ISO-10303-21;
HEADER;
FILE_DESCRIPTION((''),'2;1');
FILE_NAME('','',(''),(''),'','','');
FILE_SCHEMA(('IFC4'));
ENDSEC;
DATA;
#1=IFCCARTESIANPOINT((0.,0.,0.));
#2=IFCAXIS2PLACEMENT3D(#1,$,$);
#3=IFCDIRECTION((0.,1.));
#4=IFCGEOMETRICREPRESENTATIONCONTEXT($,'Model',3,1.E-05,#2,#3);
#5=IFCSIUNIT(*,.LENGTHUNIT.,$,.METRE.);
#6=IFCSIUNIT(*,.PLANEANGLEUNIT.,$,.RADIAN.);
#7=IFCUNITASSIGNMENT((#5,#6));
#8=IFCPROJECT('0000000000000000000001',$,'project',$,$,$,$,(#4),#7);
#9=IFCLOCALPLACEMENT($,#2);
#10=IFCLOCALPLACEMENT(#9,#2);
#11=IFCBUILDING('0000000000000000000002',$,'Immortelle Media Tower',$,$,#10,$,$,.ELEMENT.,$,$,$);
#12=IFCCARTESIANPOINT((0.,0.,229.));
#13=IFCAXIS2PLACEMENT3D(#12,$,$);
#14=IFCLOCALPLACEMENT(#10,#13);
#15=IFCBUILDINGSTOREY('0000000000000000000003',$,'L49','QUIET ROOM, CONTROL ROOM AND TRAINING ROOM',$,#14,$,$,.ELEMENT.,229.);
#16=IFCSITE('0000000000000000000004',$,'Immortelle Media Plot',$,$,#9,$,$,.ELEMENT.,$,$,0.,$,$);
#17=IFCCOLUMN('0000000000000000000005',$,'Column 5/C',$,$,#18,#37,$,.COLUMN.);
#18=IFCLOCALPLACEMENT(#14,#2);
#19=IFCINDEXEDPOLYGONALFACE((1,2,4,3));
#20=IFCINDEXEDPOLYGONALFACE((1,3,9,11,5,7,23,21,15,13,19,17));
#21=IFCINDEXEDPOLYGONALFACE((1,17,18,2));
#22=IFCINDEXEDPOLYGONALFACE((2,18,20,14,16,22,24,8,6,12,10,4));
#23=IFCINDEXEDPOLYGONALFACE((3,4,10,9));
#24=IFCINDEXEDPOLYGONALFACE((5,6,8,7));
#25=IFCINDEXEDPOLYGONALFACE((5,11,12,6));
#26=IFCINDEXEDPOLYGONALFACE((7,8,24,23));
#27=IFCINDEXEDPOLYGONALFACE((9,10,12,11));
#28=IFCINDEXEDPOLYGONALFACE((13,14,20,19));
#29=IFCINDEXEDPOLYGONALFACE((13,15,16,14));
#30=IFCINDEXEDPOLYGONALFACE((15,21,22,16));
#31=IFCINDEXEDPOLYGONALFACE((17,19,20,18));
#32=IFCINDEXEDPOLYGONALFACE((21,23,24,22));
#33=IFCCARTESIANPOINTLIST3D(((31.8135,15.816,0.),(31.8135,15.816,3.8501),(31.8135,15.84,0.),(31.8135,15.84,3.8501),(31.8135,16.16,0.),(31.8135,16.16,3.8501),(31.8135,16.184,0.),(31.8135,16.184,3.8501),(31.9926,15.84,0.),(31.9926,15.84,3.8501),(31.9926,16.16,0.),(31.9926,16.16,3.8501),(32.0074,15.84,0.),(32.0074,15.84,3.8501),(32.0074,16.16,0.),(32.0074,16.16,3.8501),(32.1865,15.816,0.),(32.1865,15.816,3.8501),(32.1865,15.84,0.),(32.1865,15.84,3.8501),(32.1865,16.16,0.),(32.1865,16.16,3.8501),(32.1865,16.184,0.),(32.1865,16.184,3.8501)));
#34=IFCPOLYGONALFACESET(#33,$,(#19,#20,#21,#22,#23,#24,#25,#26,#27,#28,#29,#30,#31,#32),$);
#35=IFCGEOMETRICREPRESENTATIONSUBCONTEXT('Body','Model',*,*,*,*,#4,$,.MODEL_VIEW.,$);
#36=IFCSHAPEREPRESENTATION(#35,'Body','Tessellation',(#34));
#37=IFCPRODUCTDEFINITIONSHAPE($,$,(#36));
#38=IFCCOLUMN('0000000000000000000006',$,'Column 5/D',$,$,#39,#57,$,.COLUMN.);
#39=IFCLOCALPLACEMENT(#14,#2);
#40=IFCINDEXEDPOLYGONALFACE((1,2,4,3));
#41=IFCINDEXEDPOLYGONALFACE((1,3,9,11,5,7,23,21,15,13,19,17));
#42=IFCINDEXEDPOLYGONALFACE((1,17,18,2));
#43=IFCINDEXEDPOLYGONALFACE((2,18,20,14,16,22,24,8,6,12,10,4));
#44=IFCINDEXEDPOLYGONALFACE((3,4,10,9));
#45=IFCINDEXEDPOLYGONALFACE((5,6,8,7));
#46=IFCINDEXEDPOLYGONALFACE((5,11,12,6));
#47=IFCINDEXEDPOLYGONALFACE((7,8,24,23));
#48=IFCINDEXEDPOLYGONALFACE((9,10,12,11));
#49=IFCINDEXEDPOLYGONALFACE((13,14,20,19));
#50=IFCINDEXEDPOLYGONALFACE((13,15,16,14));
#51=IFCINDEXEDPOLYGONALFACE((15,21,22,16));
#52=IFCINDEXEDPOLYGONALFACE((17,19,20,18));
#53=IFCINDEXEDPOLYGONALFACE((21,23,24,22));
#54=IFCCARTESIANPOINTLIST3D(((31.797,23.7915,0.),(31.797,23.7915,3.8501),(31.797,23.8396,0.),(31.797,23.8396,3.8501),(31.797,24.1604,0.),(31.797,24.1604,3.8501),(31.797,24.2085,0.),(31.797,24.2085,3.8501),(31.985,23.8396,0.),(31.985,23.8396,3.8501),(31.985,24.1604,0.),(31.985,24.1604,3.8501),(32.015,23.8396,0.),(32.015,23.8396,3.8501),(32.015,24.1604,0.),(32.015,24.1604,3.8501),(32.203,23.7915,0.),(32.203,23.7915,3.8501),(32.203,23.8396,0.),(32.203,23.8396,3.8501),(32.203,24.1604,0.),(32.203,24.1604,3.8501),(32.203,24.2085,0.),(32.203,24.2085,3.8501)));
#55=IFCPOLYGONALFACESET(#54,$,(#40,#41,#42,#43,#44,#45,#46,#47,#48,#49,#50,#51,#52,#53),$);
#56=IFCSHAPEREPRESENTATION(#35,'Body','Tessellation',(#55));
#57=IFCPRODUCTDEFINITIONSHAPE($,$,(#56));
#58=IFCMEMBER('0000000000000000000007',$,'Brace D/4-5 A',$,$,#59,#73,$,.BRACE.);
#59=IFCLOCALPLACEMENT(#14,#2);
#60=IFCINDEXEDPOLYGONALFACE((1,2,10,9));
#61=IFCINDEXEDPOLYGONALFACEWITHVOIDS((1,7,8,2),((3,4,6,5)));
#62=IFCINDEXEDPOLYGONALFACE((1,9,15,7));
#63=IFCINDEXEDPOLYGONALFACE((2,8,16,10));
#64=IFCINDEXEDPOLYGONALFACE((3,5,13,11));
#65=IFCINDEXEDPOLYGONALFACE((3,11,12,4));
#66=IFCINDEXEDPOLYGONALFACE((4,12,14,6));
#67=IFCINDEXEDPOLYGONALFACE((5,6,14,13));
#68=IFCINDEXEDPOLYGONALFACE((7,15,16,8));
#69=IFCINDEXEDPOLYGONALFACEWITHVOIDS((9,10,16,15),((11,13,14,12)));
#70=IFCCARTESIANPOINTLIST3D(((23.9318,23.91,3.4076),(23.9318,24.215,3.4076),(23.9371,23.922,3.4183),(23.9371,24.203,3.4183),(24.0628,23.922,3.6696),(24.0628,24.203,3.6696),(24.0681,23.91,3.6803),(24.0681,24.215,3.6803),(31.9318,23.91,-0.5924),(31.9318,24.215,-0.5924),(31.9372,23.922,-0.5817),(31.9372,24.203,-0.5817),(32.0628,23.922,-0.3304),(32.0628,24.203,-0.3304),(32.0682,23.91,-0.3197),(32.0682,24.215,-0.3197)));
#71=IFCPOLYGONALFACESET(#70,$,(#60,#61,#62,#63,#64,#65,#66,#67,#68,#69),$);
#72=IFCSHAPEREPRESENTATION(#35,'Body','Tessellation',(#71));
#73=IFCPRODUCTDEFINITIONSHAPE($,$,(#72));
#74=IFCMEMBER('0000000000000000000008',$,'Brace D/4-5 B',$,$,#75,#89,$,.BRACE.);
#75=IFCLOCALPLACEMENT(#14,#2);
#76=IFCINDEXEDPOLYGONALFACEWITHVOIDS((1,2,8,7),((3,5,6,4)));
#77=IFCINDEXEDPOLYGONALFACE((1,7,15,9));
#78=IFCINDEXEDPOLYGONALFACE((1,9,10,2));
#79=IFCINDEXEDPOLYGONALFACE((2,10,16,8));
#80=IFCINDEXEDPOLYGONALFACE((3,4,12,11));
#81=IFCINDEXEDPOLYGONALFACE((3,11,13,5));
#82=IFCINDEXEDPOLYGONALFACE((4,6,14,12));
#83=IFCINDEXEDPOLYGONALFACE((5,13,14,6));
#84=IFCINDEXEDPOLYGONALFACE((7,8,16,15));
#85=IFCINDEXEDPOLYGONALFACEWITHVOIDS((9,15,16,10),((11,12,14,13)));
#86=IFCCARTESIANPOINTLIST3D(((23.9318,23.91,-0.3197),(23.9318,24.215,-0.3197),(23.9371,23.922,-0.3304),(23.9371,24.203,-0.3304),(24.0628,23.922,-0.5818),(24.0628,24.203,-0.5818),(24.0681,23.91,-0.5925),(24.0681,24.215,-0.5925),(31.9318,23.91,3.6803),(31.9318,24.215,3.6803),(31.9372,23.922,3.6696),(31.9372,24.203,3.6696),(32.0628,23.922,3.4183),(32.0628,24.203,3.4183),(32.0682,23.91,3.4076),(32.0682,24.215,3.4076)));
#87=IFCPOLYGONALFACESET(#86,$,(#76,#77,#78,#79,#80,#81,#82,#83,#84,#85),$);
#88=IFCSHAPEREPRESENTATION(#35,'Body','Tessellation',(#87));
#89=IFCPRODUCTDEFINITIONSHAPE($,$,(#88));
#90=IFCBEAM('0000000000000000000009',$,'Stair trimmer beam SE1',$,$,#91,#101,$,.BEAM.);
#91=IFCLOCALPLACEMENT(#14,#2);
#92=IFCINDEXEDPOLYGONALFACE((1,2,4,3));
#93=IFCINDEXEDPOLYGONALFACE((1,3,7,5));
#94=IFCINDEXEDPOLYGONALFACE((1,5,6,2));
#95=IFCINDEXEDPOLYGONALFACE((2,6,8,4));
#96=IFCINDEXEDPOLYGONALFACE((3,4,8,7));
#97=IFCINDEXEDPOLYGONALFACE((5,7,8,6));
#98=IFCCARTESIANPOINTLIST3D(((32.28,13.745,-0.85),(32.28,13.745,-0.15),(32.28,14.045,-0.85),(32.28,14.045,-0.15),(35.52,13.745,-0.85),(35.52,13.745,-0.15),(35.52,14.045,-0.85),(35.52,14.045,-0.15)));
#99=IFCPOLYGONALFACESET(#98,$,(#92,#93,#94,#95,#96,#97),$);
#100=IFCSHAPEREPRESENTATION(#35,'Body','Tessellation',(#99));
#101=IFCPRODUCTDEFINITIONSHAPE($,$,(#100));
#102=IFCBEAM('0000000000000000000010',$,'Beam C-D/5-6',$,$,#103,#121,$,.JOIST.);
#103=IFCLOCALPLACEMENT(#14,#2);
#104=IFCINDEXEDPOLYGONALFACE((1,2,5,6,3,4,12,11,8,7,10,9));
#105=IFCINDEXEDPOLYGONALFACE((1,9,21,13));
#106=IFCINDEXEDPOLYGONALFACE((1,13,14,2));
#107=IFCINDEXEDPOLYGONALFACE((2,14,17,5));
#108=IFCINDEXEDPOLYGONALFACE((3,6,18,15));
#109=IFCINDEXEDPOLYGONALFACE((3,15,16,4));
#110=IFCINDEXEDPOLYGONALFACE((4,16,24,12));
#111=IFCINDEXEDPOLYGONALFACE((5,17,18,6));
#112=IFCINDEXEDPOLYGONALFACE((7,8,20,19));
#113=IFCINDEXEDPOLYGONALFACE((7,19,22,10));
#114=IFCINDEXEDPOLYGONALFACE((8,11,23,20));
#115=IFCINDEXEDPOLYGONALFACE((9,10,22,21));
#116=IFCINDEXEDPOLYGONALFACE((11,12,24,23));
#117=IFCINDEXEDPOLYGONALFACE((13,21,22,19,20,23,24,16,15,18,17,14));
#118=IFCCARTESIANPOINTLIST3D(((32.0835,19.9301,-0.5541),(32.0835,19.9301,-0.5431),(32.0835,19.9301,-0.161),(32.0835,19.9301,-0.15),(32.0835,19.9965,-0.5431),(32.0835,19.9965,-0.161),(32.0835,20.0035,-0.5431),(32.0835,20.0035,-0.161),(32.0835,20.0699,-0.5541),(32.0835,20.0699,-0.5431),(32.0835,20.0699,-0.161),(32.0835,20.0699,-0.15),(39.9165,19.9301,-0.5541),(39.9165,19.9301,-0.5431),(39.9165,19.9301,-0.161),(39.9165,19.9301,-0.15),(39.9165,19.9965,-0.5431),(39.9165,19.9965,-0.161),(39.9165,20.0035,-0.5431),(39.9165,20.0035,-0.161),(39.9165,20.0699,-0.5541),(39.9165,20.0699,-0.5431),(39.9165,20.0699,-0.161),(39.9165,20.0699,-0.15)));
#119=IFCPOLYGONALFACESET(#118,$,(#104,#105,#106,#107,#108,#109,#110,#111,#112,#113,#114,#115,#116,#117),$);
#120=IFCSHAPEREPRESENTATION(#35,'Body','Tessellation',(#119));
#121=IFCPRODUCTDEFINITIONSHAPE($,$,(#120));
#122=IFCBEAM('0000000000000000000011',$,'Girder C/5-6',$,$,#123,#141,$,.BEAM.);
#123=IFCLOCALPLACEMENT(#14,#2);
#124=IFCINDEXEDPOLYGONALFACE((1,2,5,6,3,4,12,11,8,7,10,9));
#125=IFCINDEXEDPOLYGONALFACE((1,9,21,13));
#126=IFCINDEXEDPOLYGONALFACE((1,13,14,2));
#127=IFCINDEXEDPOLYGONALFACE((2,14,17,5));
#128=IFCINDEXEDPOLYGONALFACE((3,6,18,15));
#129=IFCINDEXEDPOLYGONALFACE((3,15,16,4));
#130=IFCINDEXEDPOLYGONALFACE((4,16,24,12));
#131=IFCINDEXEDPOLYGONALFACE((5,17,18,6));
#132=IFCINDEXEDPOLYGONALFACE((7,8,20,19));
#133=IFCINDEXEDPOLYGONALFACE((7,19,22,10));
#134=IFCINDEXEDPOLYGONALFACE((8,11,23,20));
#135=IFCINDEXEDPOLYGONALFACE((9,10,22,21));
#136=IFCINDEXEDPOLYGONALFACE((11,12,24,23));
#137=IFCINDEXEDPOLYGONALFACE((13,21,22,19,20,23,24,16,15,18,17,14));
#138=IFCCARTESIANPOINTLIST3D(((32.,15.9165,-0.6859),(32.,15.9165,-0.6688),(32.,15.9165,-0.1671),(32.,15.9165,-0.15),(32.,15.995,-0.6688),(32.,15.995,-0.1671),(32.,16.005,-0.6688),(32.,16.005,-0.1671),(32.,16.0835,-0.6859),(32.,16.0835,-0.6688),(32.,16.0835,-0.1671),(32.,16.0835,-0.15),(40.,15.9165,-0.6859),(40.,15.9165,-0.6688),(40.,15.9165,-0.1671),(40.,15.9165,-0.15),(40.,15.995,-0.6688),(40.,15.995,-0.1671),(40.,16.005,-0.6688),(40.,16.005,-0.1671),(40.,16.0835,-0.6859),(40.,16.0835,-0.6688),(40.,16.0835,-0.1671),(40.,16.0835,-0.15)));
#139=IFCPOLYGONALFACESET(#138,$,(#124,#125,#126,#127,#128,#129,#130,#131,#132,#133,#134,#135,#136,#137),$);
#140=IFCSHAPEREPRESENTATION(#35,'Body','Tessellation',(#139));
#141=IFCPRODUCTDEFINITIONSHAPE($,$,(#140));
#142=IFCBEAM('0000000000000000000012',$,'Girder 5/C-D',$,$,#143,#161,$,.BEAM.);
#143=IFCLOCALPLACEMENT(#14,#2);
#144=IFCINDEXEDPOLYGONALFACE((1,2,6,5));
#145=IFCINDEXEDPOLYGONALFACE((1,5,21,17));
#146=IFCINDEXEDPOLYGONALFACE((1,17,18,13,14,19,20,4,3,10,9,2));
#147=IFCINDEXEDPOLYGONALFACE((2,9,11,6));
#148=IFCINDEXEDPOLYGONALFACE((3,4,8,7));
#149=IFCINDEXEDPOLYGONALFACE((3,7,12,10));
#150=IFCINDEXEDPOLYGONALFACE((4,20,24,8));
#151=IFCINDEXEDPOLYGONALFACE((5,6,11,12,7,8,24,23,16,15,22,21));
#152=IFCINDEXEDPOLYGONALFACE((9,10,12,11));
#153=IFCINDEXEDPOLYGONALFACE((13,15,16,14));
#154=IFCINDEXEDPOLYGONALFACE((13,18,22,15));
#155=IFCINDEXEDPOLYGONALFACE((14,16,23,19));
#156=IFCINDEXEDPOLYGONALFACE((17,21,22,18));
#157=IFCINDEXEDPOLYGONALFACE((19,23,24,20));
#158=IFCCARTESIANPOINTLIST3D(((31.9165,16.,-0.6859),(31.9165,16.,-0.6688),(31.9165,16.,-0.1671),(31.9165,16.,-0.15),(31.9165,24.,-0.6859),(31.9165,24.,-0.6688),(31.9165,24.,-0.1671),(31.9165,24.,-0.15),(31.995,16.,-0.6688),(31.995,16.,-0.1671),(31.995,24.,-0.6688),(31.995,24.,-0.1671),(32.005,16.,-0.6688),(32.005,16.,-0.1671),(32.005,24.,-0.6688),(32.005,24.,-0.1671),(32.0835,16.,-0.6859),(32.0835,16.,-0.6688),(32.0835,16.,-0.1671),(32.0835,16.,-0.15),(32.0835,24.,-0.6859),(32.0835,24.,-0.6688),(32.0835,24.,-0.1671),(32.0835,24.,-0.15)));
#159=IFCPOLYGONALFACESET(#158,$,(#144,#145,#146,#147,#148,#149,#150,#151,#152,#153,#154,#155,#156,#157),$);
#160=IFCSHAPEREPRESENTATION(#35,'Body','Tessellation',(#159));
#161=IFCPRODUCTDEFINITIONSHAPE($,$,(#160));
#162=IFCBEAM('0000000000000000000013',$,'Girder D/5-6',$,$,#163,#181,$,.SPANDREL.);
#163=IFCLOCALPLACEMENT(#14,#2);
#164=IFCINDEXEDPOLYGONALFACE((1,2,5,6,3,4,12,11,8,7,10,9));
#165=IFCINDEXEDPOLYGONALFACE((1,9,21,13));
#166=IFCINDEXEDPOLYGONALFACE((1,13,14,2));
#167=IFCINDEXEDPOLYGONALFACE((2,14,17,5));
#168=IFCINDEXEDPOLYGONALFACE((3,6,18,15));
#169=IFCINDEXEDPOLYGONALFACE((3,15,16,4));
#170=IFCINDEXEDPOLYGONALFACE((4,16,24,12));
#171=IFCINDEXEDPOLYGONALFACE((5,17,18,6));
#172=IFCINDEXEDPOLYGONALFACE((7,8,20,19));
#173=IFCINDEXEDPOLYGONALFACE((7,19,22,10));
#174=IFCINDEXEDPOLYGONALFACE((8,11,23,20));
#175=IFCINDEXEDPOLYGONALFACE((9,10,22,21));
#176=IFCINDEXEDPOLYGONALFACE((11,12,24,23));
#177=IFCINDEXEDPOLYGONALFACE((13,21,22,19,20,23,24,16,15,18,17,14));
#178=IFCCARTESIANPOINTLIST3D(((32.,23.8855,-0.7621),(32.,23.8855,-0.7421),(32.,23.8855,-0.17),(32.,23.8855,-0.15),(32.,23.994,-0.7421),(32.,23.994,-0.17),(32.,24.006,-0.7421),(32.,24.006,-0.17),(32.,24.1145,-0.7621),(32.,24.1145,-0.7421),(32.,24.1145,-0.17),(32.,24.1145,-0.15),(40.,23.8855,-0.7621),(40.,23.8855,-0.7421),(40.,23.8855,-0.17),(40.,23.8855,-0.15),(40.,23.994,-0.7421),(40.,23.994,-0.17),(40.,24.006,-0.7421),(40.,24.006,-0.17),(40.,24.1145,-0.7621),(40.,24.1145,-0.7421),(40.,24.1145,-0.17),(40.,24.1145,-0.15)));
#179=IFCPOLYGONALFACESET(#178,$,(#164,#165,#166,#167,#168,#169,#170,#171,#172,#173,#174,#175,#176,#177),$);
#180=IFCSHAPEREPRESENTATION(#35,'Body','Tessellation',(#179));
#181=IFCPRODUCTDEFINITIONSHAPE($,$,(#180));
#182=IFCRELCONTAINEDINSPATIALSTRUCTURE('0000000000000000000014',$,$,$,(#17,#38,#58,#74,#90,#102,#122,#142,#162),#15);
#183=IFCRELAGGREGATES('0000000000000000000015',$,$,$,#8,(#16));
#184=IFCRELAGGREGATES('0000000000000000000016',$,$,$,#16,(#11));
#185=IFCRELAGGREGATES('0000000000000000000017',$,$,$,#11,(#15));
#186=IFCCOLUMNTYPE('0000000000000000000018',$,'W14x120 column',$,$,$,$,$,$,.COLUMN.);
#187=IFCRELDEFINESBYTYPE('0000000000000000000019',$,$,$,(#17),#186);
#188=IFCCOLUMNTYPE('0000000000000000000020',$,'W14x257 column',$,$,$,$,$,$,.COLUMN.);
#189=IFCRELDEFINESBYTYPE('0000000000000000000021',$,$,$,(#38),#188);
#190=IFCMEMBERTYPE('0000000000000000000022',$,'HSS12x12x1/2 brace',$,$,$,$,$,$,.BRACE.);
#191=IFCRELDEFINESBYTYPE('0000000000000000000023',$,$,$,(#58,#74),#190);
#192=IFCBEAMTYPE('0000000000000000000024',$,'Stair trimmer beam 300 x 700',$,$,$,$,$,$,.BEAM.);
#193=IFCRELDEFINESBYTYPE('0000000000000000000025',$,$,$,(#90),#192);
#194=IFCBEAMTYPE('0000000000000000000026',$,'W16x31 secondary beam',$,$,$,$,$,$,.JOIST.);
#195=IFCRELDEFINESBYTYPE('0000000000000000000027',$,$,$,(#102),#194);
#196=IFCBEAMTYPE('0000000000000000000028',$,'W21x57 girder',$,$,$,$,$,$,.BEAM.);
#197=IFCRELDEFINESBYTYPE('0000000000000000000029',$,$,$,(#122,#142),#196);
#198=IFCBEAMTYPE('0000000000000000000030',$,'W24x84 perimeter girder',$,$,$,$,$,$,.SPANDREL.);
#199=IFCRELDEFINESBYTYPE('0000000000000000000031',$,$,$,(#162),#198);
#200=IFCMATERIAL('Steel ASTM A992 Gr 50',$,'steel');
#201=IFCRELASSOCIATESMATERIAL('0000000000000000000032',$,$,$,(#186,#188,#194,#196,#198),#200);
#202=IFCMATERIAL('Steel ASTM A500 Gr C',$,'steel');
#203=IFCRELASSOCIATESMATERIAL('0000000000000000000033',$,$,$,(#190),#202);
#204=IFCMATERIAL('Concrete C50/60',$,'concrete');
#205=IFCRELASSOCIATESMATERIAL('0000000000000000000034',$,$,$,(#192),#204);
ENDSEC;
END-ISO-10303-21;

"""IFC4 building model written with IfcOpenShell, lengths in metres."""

from ifc_helpers import new_model, si_unit, direction, frame, origin, origin_2d, place, context, subcontext, project, spatial, rectangle, hollow_rectangle, i_section, extrude, material, material_profile, profile_set, type_object, element, save


model = new_model("IFC4")

# Units and contexts
model_context = context("Model", 3, precision=1e-05, world=origin(), true_north=direction((0.0, 1.0)))
body_context = subcontext(model_context, "Body", "Model", "MODEL_VIEW")
ifc_project = project(units=[si_unit("LENGTHUNIT", "METRE"), si_unit("PLANEANGLEUNIT", "RADIAN")], contexts=[model_context])

# Site, building, storey
site_placement = place(None, origin())
site = spatial("IfcSite", under=ifc_project, at=site_placement, Name="Immortelle Media Plot", CompositionType="ELEMENT", RefElevation=0.0)
building_placement = place(site_placement, origin())
building = spatial("IfcBuilding", under=site, at=building_placement, Name="Immortelle Media Tower", CompositionType="ELEMENT")
storey_placement = place(building_placement, frame((0.0, 0.0, 229.0)))
storey = spatial("IfcBuildingStorey", under=building, at=storey_placement, Name="L49", Description="QUIET ROOM, CONTROL ROOM AND TRAINING ROOM", CompositionType="ELEMENT", Elevation=229.0)

# Columns
ifc_material_1 = material(Name="Steel ASTM A992 Gr 50", Category="steel")
ifc_material_profile_1 = material_profile(ifc_material_1, i_section(OverallWidth=0.373, OverallDepth=0.3679, WebThickness=0.0149, FlangeThickness=0.0239, at=origin_2d()), Name="W14x120")
ifc_profile_set_1 = profile_set([ifc_material_profile_1], Name="Steel ASTM A992 Gr 50")
column_type_1 = type_object("IfcColumnType", Name="W14x120 column", PredefinedType="COLUMN", material=ifc_profile_set_1)
column_1_placement = place(storey_placement, frame((32.0, 16.0, 0.0), z_axis=(0.0, 0.0, 1.0), x_axis=(1.0, 0.0, 0.0)))
element("IfcColumn", 1, at=column_1_placement, inside=storey, type_object=column_type_1, Name="Column 5/C", PredefinedType="COLUMN", context=body_context, shape_type="SweptSolid", body=[
    extrude(i_section(OverallWidth=0.373, OverallDepth=0.3679, WebThickness=0.0149, FlangeThickness=0.0239, at=origin_2d()), origin(), (0.0, 0.0, 1.0), 3.8501),
])
ifc_material_profile_2 = material_profile(ifc_material_1, i_section(OverallWidth=0.406, OverallDepth=0.417, WebThickness=0.03, FlangeThickness=0.0481, at=origin_2d()), Name="W14x257")
ifc_profile_set_2 = profile_set([ifc_material_profile_2], Name="Steel ASTM A992 Gr 50")
column_type_2 = type_object("IfcColumnType", Name="W14x257 column", PredefinedType="COLUMN", material=ifc_profile_set_2)
column_2_placement = place(storey_placement, frame((32.0, 24.0, 0.0), z_axis=(0.0, 0.0, 1.0), x_axis=(1.0, 0.0, 0.0)))
element("IfcColumn", 2, at=column_2_placement, inside=storey, type_object=column_type_2, Name="Column 5/D", PredefinedType="COLUMN", context=body_context, shape_type="SweptSolid", body=[
    extrude(i_section(OverallWidth=0.406, OverallDepth=0.417, WebThickness=0.03, FlangeThickness=0.0481, at=origin_2d()), origin(), (0.0, 0.0, 1.0), 3.8501),
])

# Members
ifc_material_2 = material(Name="Steel ASTM A500 Gr C", Category="steel")
ifc_material_profile_3 = material_profile(ifc_material_2, hollow_rectangle(XDim=0.3049, YDim=0.3049, WallThickness=0.012, at=origin_2d()), Name="HSS12x12x1/2 brace")
ifc_profile_set_3 = profile_set([ifc_material_profile_3], Name="Steel ASTM A500 Gr C")
member_type = type_object("IfcMemberType", Name="HSS12x12x1/2 brace", PredefinedType="BRACE", material=ifc_profile_set_3)
for number, where, z_axis, x_axis, name in (
    (3, (32.0, 24.0625, -0.4561), (-0.894427, 0.0, 0.447214), (0.0, -1.0, 0.0), "Brace D/4-5 A"),
    (4, (32.0, 24.0625, 3.5439), (-0.894427, 0.0, -0.447214), (0.0, -1.0, 0.0), "Brace D/4-5 B"),
):
    element("IfcMember", number, at=place(storey_placement, frame(where, z_axis=z_axis, x_axis=x_axis)), inside=storey, type_object=member_type, Name=name, PredefinedType="BRACE", context=body_context, shape_type="SweptSolid", body=[
        extrude(hollow_rectangle(XDim=0.3049, YDim=0.3049, WallThickness=0.012, at=origin_2d()), origin(), (0.0, 0.0, 1.0), 8.9443),
    ])

# Beams
ifc_material_3 = material(Name="Concrete C50/60", Category="concrete")
ifc_material_profile_4 = material_profile(ifc_material_3, rectangle(XDim=0.3, YDim=0.7, at=origin_2d()), Name="RC 300x700")
ifc_profile_set_4 = profile_set([ifc_material_profile_4], Name="Concrete C50/60")
beam_type_1 = type_object("IfcBeamType", Name="Stair trimmer beam 300 x 700", PredefinedType="BEAM", material=ifc_profile_set_4)
beam_1_placement = place(storey_placement, frame((32.28, 13.895, -0.5), z_axis=(1.0, 0.0, 0.0), x_axis=(0.0, 1.0, 0.0)))
element("IfcBeam", 5, at=beam_1_placement, inside=storey, type_object=beam_type_1, Name="Stair trimmer beam SE1", PredefinedType="BEAM", context=body_context, shape_type="SweptSolid", body=[
    extrude(rectangle(XDim=0.3, YDim=0.7, at=origin_2d()), origin(), (0.0, 0.0, 1.0), 3.24),
])
ifc_material_profile_5 = material_profile(ifc_material_1, i_section(OverallWidth=0.1399, OverallDepth=0.4041, WebThickness=0.0071, FlangeThickness=0.011, at=origin_2d()), Name="W16x31")
ifc_profile_set_5 = profile_set([ifc_material_profile_5], Name="Steel ASTM A992 Gr 50")
beam_type_2 = type_object("IfcBeamType", Name="W16x31 secondary beam", PredefinedType="JOIST", material=ifc_profile_set_5)
beam_2_placement = place(storey_placement, frame((32.0835, 20.0, -0.3521), z_axis=(1.0, 0.0, 0.0), x_axis=(0.0, 1.0, 0.0)))
element("IfcBeam", 6, at=beam_2_placement, inside=storey, type_object=beam_type_2, Name="Beam C-D/5-6", PredefinedType="JOIST", context=body_context, shape_type="SweptSolid", body=[
    extrude(i_section(OverallWidth=0.1399, OverallDepth=0.4041, WebThickness=0.0071, FlangeThickness=0.011, at=origin_2d()), origin(), (0.0, 0.0, 1.0), 7.833),
])
ifc_material_profile_6 = material_profile(ifc_material_1, i_section(OverallWidth=0.167, OverallDepth=0.5359, WebThickness=0.01, FlangeThickness=0.0171, at=origin_2d()), Name="W21x57")
ifc_profile_set_6 = profile_set([ifc_material_profile_6], Name="Steel ASTM A992 Gr 50")
beam_type_3 = type_object("IfcBeamType", Name="W21x57 girder", PredefinedType="BEAM", material=ifc_profile_set_6)
for number, where, z_axis, x_axis, name in (
    (7, (32.0, 16.0, -0.418), (1.0, 0.0, 0.0), (0.0, 1.0, 0.0), "Girder C/5-6"),
    (8, (32.0, 16.0, -0.418), (0.0, 1.0, 0.0), (-1.0, 0.0, 0.0), "Girder 5/C-D"),
):
    element("IfcBeam", number, at=place(storey_placement, frame(where, z_axis=z_axis, x_axis=x_axis)), inside=storey, type_object=beam_type_3, Name=name, PredefinedType="BEAM", context=body_context, shape_type="SweptSolid", body=[
        extrude(i_section(OverallWidth=0.167, OverallDepth=0.5359, WebThickness=0.01, FlangeThickness=0.0171, at=origin_2d()), origin(), (0.0, 0.0, 1.0), 8.0),
    ])
ifc_material_profile_7 = material_profile(ifc_material_1, i_section(OverallWidth=0.229, OverallDepth=0.6121, WebThickness=0.012, FlangeThickness=0.02, at=origin_2d()), Name="W24x84")
ifc_profile_set_7 = profile_set([ifc_material_profile_7], Name="Steel ASTM A992 Gr 50")
beam_type_4 = type_object("IfcBeamType", Name="W24x84 perimeter girder", PredefinedType="SPANDREL", material=ifc_profile_set_7)
beam_3_placement = place(storey_placement, frame((32.0, 24.0, -0.4561), z_axis=(1.0, 0.0, 0.0), x_axis=(0.0, 1.0, 0.0)))
element("IfcBeam", 9, at=beam_3_placement, inside=storey, type_object=beam_type_4, Name="Girder D/5-6", PredefinedType="SPANDREL", context=body_context, shape_type="SweptSolid", body=[
    extrude(i_section(OverallWidth=0.229, OverallDepth=0.6121, WebThickness=0.012, FlangeThickness=0.02, at=origin_2d()), origin(), (0.0, 0.0, 1.0), 8.0),
])

save(model, "model.ifc")
